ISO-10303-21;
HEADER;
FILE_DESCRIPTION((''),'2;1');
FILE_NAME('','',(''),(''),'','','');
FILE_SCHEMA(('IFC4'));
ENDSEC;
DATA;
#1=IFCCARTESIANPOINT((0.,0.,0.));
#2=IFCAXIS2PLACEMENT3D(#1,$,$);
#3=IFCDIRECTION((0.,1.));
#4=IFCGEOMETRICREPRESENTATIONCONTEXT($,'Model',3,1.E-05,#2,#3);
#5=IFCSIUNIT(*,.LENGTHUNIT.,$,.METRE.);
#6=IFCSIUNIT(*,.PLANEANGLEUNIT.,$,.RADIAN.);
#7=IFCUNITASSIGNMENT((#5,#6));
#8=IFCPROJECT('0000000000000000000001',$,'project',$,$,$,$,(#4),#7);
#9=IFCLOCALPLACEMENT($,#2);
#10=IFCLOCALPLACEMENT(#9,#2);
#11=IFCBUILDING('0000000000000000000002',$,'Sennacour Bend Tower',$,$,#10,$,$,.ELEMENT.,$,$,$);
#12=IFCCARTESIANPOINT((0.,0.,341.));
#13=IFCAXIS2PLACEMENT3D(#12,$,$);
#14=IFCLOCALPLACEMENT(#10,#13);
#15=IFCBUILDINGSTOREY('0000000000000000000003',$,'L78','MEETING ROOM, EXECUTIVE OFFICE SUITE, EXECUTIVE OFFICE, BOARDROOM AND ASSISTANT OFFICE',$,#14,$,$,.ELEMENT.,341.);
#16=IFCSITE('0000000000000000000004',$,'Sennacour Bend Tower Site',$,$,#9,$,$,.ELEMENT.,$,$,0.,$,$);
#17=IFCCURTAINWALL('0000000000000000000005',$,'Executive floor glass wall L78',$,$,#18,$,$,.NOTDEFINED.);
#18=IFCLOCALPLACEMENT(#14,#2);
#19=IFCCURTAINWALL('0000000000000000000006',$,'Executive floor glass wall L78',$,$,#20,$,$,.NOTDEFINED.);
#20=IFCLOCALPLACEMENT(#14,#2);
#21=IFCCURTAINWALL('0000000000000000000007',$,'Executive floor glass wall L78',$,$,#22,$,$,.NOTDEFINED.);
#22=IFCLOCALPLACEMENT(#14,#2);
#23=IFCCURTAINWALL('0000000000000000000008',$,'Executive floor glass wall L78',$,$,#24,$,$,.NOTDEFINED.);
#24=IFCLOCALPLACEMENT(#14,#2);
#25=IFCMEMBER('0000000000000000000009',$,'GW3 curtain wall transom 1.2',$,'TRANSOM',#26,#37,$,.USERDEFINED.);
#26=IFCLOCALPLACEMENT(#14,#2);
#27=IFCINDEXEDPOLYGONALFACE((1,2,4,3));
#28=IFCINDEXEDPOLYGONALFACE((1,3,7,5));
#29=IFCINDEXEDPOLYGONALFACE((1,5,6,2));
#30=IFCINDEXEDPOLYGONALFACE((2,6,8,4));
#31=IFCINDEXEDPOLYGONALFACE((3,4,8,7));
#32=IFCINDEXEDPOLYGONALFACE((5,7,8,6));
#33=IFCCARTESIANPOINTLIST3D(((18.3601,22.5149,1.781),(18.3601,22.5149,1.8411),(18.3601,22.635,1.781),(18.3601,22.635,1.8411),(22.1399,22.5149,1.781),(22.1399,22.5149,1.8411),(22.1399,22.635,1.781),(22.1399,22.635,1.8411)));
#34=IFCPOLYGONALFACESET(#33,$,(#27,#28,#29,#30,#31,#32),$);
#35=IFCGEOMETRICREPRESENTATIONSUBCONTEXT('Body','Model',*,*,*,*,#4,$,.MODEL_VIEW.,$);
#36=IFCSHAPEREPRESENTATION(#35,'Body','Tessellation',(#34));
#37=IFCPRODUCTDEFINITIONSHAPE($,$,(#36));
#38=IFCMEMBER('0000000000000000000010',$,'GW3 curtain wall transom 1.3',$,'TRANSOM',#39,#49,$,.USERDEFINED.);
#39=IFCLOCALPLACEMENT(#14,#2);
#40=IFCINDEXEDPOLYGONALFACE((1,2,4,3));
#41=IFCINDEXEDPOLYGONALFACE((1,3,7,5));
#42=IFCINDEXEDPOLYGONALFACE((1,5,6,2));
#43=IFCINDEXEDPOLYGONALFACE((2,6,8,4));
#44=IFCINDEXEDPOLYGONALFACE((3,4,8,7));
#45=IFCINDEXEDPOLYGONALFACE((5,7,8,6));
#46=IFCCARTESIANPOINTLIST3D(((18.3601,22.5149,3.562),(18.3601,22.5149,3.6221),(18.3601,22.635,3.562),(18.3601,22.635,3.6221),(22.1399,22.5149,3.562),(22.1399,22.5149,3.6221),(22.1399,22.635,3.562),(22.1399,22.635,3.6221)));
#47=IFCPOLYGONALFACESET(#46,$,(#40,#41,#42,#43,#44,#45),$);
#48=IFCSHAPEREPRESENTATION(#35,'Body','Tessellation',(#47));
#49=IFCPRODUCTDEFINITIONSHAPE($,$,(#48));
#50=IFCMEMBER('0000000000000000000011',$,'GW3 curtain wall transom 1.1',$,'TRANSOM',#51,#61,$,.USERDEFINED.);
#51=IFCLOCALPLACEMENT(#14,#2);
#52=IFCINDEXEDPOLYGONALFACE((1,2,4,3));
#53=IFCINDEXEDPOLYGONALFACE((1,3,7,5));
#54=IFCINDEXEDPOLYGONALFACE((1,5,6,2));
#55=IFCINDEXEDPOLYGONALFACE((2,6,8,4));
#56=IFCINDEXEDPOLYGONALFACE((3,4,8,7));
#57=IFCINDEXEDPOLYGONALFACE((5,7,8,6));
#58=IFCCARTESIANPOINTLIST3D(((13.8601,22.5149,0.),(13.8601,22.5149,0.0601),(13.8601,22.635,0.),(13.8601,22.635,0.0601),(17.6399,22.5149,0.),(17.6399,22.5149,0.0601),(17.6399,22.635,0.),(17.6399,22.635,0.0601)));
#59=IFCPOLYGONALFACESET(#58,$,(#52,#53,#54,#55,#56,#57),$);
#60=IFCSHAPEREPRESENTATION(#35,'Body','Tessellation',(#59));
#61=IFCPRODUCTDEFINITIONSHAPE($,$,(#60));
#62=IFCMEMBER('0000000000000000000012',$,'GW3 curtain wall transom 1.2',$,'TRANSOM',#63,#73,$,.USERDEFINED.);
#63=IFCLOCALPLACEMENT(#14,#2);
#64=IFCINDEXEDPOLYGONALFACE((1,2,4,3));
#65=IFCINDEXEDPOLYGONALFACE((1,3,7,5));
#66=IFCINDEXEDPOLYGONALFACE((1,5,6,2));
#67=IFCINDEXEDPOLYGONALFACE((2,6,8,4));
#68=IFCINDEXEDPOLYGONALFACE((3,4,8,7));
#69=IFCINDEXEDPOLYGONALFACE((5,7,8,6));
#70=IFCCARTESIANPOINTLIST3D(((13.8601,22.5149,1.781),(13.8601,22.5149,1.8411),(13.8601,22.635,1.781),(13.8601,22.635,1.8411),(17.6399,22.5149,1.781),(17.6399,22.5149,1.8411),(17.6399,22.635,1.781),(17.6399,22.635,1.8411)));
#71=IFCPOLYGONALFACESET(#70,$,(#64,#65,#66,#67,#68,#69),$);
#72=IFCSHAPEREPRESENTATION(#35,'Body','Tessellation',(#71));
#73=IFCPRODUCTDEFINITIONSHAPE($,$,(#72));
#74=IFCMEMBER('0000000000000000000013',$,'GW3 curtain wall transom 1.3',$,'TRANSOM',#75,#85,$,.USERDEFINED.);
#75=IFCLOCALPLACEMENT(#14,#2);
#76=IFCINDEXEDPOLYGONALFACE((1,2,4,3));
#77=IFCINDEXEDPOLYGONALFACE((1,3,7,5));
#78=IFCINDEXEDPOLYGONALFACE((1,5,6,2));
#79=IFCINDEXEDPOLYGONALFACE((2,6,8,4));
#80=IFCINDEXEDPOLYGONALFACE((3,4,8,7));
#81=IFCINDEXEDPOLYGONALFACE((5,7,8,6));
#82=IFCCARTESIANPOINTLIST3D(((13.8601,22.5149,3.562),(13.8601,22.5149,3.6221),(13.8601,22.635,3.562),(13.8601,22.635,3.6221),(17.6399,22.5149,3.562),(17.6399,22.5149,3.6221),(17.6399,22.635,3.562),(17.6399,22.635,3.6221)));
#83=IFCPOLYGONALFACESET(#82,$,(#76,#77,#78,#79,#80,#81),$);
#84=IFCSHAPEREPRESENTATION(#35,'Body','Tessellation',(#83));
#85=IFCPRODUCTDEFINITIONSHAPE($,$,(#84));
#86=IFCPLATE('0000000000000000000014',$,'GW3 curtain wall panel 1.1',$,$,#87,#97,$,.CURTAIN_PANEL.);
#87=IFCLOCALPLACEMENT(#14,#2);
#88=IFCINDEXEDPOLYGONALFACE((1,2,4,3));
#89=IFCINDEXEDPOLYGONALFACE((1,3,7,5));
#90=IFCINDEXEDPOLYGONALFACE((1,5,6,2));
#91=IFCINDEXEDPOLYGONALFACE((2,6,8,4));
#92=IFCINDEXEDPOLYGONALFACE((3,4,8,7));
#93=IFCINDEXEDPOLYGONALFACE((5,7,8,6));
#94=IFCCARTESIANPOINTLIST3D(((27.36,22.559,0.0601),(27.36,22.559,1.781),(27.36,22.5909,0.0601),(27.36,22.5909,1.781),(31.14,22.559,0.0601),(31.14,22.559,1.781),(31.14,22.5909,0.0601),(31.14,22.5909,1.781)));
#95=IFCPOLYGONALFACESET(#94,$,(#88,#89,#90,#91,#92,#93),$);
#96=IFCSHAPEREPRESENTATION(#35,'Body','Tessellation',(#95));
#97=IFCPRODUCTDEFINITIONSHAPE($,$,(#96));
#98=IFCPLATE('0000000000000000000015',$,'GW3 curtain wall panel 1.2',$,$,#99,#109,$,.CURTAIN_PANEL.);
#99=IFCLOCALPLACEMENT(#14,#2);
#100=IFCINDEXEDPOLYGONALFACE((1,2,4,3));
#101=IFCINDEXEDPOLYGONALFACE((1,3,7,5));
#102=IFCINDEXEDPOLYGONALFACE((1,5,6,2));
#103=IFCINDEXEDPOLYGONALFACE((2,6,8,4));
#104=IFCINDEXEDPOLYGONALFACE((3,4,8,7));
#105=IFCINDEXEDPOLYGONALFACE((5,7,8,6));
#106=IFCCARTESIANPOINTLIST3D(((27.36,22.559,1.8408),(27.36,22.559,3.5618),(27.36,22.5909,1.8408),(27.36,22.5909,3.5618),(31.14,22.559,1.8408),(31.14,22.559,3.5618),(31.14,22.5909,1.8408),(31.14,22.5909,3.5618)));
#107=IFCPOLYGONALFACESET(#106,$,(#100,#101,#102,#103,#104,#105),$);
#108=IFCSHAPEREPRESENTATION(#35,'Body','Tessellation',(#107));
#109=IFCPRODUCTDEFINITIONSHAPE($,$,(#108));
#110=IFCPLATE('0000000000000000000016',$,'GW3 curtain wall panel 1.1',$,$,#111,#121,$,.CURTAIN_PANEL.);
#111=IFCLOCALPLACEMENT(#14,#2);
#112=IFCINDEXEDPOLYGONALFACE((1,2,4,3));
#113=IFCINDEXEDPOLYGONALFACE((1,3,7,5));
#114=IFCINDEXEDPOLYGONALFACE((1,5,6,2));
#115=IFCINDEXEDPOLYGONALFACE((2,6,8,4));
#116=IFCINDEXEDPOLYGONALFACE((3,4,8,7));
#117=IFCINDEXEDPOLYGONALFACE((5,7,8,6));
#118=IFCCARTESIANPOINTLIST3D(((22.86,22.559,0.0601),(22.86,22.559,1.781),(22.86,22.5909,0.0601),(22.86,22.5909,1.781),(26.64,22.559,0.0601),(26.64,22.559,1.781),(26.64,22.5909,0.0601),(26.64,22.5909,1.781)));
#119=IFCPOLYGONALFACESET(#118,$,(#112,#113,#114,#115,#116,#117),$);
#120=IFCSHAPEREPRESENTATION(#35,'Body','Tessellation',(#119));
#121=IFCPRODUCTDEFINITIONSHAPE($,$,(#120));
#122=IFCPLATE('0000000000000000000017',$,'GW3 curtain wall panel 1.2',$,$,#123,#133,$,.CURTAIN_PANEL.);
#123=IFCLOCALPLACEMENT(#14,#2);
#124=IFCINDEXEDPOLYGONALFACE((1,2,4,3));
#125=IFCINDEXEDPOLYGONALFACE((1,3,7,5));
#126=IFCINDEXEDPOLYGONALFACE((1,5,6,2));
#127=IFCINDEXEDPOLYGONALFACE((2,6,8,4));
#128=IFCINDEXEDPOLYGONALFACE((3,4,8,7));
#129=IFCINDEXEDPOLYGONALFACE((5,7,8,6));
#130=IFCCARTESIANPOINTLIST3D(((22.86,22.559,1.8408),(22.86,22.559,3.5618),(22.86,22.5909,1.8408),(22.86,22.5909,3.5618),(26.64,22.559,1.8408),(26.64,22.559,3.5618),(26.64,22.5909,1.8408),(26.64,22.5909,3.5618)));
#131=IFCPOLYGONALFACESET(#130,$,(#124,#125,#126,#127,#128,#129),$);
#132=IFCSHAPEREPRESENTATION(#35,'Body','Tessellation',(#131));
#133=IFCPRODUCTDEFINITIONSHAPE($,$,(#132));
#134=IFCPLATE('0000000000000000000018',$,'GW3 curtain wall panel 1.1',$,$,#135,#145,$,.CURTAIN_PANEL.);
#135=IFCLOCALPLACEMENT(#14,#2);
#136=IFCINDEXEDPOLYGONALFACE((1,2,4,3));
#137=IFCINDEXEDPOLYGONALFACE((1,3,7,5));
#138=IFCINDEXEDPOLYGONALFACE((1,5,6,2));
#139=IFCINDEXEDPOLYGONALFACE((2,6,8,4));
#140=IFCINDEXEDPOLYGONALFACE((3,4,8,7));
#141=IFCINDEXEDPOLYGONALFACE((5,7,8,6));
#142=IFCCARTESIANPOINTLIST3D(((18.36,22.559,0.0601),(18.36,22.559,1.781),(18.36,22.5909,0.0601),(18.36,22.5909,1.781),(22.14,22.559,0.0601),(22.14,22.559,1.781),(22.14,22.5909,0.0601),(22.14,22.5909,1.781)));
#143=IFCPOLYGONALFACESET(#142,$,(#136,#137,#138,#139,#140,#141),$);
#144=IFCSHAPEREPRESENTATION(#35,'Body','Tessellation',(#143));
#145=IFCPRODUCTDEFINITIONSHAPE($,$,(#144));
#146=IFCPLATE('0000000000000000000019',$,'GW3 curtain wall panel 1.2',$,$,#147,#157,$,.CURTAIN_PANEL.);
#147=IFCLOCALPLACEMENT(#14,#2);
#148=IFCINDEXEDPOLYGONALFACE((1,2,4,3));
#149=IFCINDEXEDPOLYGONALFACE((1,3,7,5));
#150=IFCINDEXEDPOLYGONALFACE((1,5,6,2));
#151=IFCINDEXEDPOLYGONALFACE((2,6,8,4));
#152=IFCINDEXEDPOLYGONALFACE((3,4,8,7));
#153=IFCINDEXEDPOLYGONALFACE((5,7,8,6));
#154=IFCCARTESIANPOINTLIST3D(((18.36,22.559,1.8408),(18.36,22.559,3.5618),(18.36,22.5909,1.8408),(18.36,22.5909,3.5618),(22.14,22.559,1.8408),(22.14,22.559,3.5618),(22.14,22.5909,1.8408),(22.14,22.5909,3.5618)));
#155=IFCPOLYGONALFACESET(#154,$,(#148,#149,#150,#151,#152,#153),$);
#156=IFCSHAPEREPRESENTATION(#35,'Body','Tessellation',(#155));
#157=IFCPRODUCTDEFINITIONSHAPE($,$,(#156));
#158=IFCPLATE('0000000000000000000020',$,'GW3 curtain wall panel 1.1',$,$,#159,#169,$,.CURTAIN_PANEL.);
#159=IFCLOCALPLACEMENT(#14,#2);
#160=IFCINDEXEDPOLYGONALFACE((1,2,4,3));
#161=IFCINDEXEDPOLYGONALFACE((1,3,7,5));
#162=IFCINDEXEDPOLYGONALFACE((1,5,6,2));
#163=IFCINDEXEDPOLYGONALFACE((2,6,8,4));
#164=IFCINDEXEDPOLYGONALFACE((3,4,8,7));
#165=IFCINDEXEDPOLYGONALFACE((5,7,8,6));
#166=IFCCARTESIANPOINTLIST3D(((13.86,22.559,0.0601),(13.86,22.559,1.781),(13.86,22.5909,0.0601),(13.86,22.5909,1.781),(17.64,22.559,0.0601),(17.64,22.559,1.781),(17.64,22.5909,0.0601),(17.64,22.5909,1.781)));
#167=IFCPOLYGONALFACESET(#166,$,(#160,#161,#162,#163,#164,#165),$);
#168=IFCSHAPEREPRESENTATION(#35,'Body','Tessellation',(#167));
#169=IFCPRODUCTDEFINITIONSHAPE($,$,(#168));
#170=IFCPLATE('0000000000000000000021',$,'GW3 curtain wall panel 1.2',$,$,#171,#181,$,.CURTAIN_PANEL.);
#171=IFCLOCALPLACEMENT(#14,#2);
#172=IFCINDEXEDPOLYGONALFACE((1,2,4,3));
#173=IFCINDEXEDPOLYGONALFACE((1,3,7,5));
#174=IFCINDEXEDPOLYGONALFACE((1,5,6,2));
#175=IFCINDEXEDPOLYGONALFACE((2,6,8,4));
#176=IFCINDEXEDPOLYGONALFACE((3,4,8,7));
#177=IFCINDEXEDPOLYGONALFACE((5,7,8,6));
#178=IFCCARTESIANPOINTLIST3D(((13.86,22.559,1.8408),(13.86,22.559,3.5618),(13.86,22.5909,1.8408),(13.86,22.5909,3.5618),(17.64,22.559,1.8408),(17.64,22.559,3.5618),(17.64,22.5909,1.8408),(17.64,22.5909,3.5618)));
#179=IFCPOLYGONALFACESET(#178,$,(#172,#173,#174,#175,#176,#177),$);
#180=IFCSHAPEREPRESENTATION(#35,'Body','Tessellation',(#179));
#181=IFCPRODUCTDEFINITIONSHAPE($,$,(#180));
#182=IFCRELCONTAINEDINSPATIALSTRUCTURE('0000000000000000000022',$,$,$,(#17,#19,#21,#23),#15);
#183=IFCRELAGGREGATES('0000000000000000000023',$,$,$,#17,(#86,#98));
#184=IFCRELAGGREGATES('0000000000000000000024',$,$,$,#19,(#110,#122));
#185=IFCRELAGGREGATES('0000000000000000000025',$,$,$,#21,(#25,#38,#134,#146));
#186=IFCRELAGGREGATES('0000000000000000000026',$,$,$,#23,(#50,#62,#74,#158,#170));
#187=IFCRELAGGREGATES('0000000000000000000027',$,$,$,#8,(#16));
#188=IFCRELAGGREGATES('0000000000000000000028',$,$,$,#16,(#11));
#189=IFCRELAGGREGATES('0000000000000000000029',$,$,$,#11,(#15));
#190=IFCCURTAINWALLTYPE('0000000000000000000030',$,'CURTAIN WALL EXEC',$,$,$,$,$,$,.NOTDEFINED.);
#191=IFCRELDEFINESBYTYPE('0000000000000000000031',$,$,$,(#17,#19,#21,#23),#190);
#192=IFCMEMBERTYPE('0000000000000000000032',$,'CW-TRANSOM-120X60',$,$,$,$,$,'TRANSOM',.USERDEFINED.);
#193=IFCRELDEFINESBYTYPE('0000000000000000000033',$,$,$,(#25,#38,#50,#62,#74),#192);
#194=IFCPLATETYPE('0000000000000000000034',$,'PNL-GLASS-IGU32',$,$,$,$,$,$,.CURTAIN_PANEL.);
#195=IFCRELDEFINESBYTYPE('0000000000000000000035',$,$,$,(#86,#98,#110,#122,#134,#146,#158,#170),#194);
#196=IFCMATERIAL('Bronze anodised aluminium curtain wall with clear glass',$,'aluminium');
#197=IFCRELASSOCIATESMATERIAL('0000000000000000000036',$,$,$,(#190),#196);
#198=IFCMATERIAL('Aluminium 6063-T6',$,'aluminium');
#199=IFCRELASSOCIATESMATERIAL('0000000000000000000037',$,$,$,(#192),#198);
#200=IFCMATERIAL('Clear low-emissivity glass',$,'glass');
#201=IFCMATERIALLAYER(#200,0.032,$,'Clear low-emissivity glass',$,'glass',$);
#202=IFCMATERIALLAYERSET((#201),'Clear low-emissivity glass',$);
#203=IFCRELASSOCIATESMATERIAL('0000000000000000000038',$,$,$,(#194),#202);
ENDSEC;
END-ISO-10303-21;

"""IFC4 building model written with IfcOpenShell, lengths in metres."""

from ifc_helpers import new_model, si_unit, direction, frame, origin, origin_2d, place, context, subcontext, project, spatial, rectangle, extrude, material, layer, layer_set, material_profile, profile_set, type_object, element, aggregate, save


model = new_model("IFC4")

# Units and contexts
model_context = context("Model", 3, precision=1e-05, world=origin(), true_north=direction((0.0, 1.0)))
body_context = subcontext(model_context, "Body", "Model", "MODEL_VIEW")
ifc_project = project(units=[si_unit("LENGTHUNIT", "METRE"), si_unit("PLANEANGLEUNIT", "RADIAN")], contexts=[model_context])

# Site, building, storey
site_placement = place(None, origin())
site = spatial("IfcSite", under=ifc_project, at=site_placement, Name="Sennacour Bend Tower Site", CompositionType="ELEMENT", RefElevation=0.0)
building_placement = place(site_placement, origin())
building = spatial("IfcBuilding", under=site, at=building_placement, Name="Sennacour Bend Tower", CompositionType="ELEMENT")
storey_placement = place(building_placement, frame((0.0, 0.0, 341.0)))
storey = spatial("IfcBuildingStorey", under=building, at=storey_placement, Name="L78", Description="MEETING ROOM, EXECUTIVE OFFICE SUITE, EXECUTIVE OFFICE, BOARDROOM AND ASSISTANT OFFICE", CompositionType="ELEMENT", Elevation=341.0)

# Curtain wall
ifc_material_1 = material(Name="Bronze anodised aluminium curtain wall with clear glass", Category="aluminium")
curtain_wall_type = type_object("IfcCurtainWallType", Name="CURTAIN WALL EXEC", PredefinedType="NOTDEFINED", material=ifc_material_1)
curtain_wall_1_placement = place(storey_placement, origin())
curtain_wall_1 = element("IfcCurtainWall", 1, at=curtain_wall_1_placement, inside=storey, type_object=curtain_wall_type, Name="Executive floor glass wall L78", PredefinedType="NOTDEFINED")
ifc_material_2 = material(Name="Aluminium 6063-T6", Category="aluminium")

# Curtain walls
curtain_wall_2_placement = place(storey_placement, origin())
curtain_wall_2 = element("IfcCurtainWall", 2, at=curtain_wall_2_placement, inside=storey, type_object=curtain_wall_type, Name="Executive floor glass wall L78", PredefinedType="NOTDEFINED")
curtain_wall_3_placement = place(storey_placement, origin())
curtain_wall_3 = element("IfcCurtainWall", 3, at=curtain_wall_3_placement, inside=storey, type_object=curtain_wall_type, Name="Executive floor glass wall L78", PredefinedType="NOTDEFINED")
curtain_wall_4_placement = place(storey_placement, origin())
curtain_wall_4 = element("IfcCurtainWall", 4, at=curtain_wall_4_placement, inside=storey, type_object=curtain_wall_type, Name="Executive floor glass wall L78", PredefinedType="NOTDEFINED")

# Members
ifc_material_profile_1 = material_profile(ifc_material_2, rectangle(XDim=0.1201, YDim=0.0601, at=origin_2d()), Name="Aluminium 6063-T6", Category="aluminium")
ifc_profile_set_1 = profile_set([ifc_material_profile_1], Name="Aluminium 6063-T6")
member_type_1 = type_object("IfcMemberType", Name="CW-TRANSOM-120X60", ElementType="TRANSOM", PredefinedType="USERDEFINED", material=ifc_profile_set_1)
member_1_placement = place(storey_placement, frame((22.1399, 22.575, 1.811), z_axis=(-1.0, 0.0, 0.0), x_axis=(0.0, -1.0, 0.0)))
member_1 = element("IfcMember", 5, at=member_1_placement, type_object=member_type_1, Name="GW3 curtain wall transom 1.2", ObjectType="TRANSOM", PredefinedType="USERDEFINED", context=body_context, shape_type="SweptSolid", body=[
    extrude(rectangle(XDim=0.1201, YDim=0.0601, at=origin_2d()), origin(), (0.0, 0.0, 1.0), 3.7798),
])
member_2_placement = place(storey_placement, frame((22.1399, 22.575, 3.592), z_axis=(-1.0, 0.0, 0.0), x_axis=(0.0, -1.0, 0.0)))
member_2 = element("IfcMember", 6, at=member_2_placement, type_object=member_type_1, Name="GW3 curtain wall transom 1.3", ObjectType="TRANSOM", PredefinedType="USERDEFINED", context=body_context, shape_type="SweptSolid", body=[
    extrude(rectangle(XDim=0.1201, YDim=0.0601, at=origin_2d()), origin(), (0.0, 0.0, 1.0), 3.7798),
])
member_3_placement = place(storey_placement, frame((17.6399, 22.575, 0.03), z_axis=(-1.0, 0.0, 0.0), x_axis=(0.0, -1.0, 0.0)))
member_3 = element("IfcMember", 7, at=member_3_placement, type_object=member_type_1, Name="GW3 curtain wall transom 1.1", ObjectType="TRANSOM", PredefinedType="USERDEFINED", context=body_context, shape_type="SweptSolid", body=[
    extrude(rectangle(XDim=0.1201, YDim=0.0601, at=origin_2d()), origin(), (0.0, 0.0, 1.0), 3.7798),
])
member_4_placement = place(storey_placement, frame((17.6399, 22.575, 1.811), z_axis=(-1.0, 0.0, 0.0), x_axis=(0.0, -1.0, 0.0)))
member_4 = element("IfcMember", 8, at=member_4_placement, type_object=member_type_1, Name="GW3 curtain wall transom 1.2", ObjectType="TRANSOM", PredefinedType="USERDEFINED", context=body_context, shape_type="SweptSolid", body=[
    extrude(rectangle(XDim=0.1201, YDim=0.0601, at=origin_2d()), origin(), (0.0, 0.0, 1.0), 3.7798),
])
member_5_placement = place(storey_placement, frame((17.6399, 22.575, 3.592), z_axis=(-1.0, 0.0, 0.0), x_axis=(0.0, -1.0, 0.0)))
member_5 = element("IfcMember", 9, at=member_5_placement, type_object=member_type_1, Name="GW3 curtain wall transom 1.3", ObjectType="TRANSOM", PredefinedType="USERDEFINED", context=body_context, shape_type="SweptSolid", body=[
    extrude(rectangle(XDim=0.1201, YDim=0.0601, at=origin_2d()), origin(), (0.0, 0.0, 1.0), 3.7798),
])

# Plates
ifc_material_3 = material(Name="Clear low-emissivity glass", Category="glass")
ifc_layer = layer(ifc_material_3, 0.032, Name="Clear low-emissivity glass", Category="glass")
ifc_layer_set = layer_set([ifc_layer], Name="Clear low-emissivity glass")
plate_type = type_object("IfcPlateType", Name="PNL-GLASS-IGU32", PredefinedType="CURTAIN_PANEL", material=ifc_layer_set)
plate_1_placement = place(storey_placement, frame((29.25, 22.575, 0.0601), z_axis=(0.0, 0.0, 1.0), x_axis=(-1.0, 0.0, 0.0)))
plate_1 = element("IfcPlate", 10, at=plate_1_placement, type_object=plate_type, Name="GW3 curtain wall panel 1.1", PredefinedType="CURTAIN_PANEL", context=body_context, shape_type="SweptSolid", body=[
    extrude(rectangle(XDim=3.78, YDim=0.032, at=origin_2d()), origin(), (0.0, 0.0, 1.0), 1.7209),
])
plate_2_placement = place(storey_placement, frame((29.25, 22.575, 1.8408), z_axis=(0.0, 0.0, 1.0), x_axis=(-1.0, 0.0, 0.0)))
plate_2 = element("IfcPlate", 11, at=plate_2_placement, type_object=plate_type, Name="GW3 curtain wall panel 1.2", PredefinedType="CURTAIN_PANEL", context=body_context, shape_type="SweptSolid", body=[
    extrude(rectangle(XDim=3.78, YDim=0.032, at=origin_2d()), origin(), (0.0, 0.0, 1.0), 1.7209),
])
aggregate(curtain_wall_1, [plate_1, plate_2])
plate_3_placement = place(storey_placement, frame((24.75, 22.575, 0.0601), z_axis=(0.0, 0.0, 1.0), x_axis=(-1.0, 0.0, 0.0)))
plate_3 = element("IfcPlate", 12, at=plate_3_placement, type_object=plate_type, Name="GW3 curtain wall panel 1.1", PredefinedType="CURTAIN_PANEL", context=body_context, shape_type="SweptSolid", body=[
    extrude(rectangle(XDim=3.78, YDim=0.032, at=origin_2d()), origin(), (0.0, 0.0, 1.0), 1.7209),
])
plate_4_placement = place(storey_placement, frame((24.75, 22.575, 1.8408), z_axis=(0.0, 0.0, 1.0), x_axis=(-1.0, 0.0, 0.0)))
plate_4 = element("IfcPlate", 13, at=plate_4_placement, type_object=plate_type, Name="GW3 curtain wall panel 1.2", PredefinedType="CURTAIN_PANEL", context=body_context, shape_type="SweptSolid", body=[
    extrude(rectangle(XDim=3.78, YDim=0.032, at=origin_2d()), origin(), (0.0, 0.0, 1.0), 1.7209),
])
aggregate(curtain_wall_2, [plate_3, plate_4])
plate_5_placement = place(storey_placement, frame((20.25, 22.575, 0.0601), z_axis=(0.0, 0.0, 1.0), x_axis=(-1.0, 0.0, 0.0)))
plate_5 = element("IfcPlate", 14, at=plate_5_placement, type_object=plate_type, Name="GW3 curtain wall panel 1.1", PredefinedType="CURTAIN_PANEL", context=body_context, shape_type="SweptSolid", body=[
    extrude(rectangle(XDim=3.78, YDim=0.032, at=origin_2d()), origin(), (0.0, 0.0, 1.0), 1.7209),
])
plate_6_placement = place(storey_placement, frame((20.25, 22.575, 1.8408), z_axis=(0.0, 0.0, 1.0), x_axis=(-1.0, 0.0, 0.0)))
plate_6 = element("IfcPlate", 15, at=plate_6_placement, type_object=plate_type, Name="GW3 curtain wall panel 1.2", PredefinedType="CURTAIN_PANEL", context=body_context, shape_type="SweptSolid", body=[
    extrude(rectangle(XDim=3.78, YDim=0.032, at=origin_2d()), origin(), (0.0, 0.0, 1.0), 1.7209),
])
aggregate(curtain_wall_3, [member_1, member_2, plate_5, plate_6])
plate_7_placement = place(storey_placement, frame((15.75, 22.575, 0.0601), z_axis=(0.0, 0.0, 1.0), x_axis=(-1.0, 0.0, 0.0)))
plate_7 = element("IfcPlate", 16, at=plate_7_placement, type_object=plate_type, Name="GW3 curtain wall panel 1.1", PredefinedType="CURTAIN_PANEL", context=body_context, shape_type="SweptSolid", body=[
    extrude(rectangle(XDim=3.78, YDim=0.032, at=origin_2d()), origin(), (0.0, 0.0, 1.0), 1.7209),
])
plate_8_placement = place(storey_placement, frame((15.75, 22.575, 1.8408), z_axis=(0.0, 0.0, 1.0), x_axis=(-1.0, 0.0, 0.0)))
plate_8 = element("IfcPlate", 17, at=plate_8_placement, type_object=plate_type, Name="GW3 curtain wall panel 1.2", PredefinedType="CURTAIN_PANEL", context=body_context, shape_type="SweptSolid", body=[
    extrude(rectangle(XDim=3.78, YDim=0.032, at=origin_2d()), origin(), (0.0, 0.0, 1.0), 1.7209),
])
aggregate(curtain_wall_4, [member_3, member_4, member_5, plate_7, plate_8])

save(model, "model.ifc")
